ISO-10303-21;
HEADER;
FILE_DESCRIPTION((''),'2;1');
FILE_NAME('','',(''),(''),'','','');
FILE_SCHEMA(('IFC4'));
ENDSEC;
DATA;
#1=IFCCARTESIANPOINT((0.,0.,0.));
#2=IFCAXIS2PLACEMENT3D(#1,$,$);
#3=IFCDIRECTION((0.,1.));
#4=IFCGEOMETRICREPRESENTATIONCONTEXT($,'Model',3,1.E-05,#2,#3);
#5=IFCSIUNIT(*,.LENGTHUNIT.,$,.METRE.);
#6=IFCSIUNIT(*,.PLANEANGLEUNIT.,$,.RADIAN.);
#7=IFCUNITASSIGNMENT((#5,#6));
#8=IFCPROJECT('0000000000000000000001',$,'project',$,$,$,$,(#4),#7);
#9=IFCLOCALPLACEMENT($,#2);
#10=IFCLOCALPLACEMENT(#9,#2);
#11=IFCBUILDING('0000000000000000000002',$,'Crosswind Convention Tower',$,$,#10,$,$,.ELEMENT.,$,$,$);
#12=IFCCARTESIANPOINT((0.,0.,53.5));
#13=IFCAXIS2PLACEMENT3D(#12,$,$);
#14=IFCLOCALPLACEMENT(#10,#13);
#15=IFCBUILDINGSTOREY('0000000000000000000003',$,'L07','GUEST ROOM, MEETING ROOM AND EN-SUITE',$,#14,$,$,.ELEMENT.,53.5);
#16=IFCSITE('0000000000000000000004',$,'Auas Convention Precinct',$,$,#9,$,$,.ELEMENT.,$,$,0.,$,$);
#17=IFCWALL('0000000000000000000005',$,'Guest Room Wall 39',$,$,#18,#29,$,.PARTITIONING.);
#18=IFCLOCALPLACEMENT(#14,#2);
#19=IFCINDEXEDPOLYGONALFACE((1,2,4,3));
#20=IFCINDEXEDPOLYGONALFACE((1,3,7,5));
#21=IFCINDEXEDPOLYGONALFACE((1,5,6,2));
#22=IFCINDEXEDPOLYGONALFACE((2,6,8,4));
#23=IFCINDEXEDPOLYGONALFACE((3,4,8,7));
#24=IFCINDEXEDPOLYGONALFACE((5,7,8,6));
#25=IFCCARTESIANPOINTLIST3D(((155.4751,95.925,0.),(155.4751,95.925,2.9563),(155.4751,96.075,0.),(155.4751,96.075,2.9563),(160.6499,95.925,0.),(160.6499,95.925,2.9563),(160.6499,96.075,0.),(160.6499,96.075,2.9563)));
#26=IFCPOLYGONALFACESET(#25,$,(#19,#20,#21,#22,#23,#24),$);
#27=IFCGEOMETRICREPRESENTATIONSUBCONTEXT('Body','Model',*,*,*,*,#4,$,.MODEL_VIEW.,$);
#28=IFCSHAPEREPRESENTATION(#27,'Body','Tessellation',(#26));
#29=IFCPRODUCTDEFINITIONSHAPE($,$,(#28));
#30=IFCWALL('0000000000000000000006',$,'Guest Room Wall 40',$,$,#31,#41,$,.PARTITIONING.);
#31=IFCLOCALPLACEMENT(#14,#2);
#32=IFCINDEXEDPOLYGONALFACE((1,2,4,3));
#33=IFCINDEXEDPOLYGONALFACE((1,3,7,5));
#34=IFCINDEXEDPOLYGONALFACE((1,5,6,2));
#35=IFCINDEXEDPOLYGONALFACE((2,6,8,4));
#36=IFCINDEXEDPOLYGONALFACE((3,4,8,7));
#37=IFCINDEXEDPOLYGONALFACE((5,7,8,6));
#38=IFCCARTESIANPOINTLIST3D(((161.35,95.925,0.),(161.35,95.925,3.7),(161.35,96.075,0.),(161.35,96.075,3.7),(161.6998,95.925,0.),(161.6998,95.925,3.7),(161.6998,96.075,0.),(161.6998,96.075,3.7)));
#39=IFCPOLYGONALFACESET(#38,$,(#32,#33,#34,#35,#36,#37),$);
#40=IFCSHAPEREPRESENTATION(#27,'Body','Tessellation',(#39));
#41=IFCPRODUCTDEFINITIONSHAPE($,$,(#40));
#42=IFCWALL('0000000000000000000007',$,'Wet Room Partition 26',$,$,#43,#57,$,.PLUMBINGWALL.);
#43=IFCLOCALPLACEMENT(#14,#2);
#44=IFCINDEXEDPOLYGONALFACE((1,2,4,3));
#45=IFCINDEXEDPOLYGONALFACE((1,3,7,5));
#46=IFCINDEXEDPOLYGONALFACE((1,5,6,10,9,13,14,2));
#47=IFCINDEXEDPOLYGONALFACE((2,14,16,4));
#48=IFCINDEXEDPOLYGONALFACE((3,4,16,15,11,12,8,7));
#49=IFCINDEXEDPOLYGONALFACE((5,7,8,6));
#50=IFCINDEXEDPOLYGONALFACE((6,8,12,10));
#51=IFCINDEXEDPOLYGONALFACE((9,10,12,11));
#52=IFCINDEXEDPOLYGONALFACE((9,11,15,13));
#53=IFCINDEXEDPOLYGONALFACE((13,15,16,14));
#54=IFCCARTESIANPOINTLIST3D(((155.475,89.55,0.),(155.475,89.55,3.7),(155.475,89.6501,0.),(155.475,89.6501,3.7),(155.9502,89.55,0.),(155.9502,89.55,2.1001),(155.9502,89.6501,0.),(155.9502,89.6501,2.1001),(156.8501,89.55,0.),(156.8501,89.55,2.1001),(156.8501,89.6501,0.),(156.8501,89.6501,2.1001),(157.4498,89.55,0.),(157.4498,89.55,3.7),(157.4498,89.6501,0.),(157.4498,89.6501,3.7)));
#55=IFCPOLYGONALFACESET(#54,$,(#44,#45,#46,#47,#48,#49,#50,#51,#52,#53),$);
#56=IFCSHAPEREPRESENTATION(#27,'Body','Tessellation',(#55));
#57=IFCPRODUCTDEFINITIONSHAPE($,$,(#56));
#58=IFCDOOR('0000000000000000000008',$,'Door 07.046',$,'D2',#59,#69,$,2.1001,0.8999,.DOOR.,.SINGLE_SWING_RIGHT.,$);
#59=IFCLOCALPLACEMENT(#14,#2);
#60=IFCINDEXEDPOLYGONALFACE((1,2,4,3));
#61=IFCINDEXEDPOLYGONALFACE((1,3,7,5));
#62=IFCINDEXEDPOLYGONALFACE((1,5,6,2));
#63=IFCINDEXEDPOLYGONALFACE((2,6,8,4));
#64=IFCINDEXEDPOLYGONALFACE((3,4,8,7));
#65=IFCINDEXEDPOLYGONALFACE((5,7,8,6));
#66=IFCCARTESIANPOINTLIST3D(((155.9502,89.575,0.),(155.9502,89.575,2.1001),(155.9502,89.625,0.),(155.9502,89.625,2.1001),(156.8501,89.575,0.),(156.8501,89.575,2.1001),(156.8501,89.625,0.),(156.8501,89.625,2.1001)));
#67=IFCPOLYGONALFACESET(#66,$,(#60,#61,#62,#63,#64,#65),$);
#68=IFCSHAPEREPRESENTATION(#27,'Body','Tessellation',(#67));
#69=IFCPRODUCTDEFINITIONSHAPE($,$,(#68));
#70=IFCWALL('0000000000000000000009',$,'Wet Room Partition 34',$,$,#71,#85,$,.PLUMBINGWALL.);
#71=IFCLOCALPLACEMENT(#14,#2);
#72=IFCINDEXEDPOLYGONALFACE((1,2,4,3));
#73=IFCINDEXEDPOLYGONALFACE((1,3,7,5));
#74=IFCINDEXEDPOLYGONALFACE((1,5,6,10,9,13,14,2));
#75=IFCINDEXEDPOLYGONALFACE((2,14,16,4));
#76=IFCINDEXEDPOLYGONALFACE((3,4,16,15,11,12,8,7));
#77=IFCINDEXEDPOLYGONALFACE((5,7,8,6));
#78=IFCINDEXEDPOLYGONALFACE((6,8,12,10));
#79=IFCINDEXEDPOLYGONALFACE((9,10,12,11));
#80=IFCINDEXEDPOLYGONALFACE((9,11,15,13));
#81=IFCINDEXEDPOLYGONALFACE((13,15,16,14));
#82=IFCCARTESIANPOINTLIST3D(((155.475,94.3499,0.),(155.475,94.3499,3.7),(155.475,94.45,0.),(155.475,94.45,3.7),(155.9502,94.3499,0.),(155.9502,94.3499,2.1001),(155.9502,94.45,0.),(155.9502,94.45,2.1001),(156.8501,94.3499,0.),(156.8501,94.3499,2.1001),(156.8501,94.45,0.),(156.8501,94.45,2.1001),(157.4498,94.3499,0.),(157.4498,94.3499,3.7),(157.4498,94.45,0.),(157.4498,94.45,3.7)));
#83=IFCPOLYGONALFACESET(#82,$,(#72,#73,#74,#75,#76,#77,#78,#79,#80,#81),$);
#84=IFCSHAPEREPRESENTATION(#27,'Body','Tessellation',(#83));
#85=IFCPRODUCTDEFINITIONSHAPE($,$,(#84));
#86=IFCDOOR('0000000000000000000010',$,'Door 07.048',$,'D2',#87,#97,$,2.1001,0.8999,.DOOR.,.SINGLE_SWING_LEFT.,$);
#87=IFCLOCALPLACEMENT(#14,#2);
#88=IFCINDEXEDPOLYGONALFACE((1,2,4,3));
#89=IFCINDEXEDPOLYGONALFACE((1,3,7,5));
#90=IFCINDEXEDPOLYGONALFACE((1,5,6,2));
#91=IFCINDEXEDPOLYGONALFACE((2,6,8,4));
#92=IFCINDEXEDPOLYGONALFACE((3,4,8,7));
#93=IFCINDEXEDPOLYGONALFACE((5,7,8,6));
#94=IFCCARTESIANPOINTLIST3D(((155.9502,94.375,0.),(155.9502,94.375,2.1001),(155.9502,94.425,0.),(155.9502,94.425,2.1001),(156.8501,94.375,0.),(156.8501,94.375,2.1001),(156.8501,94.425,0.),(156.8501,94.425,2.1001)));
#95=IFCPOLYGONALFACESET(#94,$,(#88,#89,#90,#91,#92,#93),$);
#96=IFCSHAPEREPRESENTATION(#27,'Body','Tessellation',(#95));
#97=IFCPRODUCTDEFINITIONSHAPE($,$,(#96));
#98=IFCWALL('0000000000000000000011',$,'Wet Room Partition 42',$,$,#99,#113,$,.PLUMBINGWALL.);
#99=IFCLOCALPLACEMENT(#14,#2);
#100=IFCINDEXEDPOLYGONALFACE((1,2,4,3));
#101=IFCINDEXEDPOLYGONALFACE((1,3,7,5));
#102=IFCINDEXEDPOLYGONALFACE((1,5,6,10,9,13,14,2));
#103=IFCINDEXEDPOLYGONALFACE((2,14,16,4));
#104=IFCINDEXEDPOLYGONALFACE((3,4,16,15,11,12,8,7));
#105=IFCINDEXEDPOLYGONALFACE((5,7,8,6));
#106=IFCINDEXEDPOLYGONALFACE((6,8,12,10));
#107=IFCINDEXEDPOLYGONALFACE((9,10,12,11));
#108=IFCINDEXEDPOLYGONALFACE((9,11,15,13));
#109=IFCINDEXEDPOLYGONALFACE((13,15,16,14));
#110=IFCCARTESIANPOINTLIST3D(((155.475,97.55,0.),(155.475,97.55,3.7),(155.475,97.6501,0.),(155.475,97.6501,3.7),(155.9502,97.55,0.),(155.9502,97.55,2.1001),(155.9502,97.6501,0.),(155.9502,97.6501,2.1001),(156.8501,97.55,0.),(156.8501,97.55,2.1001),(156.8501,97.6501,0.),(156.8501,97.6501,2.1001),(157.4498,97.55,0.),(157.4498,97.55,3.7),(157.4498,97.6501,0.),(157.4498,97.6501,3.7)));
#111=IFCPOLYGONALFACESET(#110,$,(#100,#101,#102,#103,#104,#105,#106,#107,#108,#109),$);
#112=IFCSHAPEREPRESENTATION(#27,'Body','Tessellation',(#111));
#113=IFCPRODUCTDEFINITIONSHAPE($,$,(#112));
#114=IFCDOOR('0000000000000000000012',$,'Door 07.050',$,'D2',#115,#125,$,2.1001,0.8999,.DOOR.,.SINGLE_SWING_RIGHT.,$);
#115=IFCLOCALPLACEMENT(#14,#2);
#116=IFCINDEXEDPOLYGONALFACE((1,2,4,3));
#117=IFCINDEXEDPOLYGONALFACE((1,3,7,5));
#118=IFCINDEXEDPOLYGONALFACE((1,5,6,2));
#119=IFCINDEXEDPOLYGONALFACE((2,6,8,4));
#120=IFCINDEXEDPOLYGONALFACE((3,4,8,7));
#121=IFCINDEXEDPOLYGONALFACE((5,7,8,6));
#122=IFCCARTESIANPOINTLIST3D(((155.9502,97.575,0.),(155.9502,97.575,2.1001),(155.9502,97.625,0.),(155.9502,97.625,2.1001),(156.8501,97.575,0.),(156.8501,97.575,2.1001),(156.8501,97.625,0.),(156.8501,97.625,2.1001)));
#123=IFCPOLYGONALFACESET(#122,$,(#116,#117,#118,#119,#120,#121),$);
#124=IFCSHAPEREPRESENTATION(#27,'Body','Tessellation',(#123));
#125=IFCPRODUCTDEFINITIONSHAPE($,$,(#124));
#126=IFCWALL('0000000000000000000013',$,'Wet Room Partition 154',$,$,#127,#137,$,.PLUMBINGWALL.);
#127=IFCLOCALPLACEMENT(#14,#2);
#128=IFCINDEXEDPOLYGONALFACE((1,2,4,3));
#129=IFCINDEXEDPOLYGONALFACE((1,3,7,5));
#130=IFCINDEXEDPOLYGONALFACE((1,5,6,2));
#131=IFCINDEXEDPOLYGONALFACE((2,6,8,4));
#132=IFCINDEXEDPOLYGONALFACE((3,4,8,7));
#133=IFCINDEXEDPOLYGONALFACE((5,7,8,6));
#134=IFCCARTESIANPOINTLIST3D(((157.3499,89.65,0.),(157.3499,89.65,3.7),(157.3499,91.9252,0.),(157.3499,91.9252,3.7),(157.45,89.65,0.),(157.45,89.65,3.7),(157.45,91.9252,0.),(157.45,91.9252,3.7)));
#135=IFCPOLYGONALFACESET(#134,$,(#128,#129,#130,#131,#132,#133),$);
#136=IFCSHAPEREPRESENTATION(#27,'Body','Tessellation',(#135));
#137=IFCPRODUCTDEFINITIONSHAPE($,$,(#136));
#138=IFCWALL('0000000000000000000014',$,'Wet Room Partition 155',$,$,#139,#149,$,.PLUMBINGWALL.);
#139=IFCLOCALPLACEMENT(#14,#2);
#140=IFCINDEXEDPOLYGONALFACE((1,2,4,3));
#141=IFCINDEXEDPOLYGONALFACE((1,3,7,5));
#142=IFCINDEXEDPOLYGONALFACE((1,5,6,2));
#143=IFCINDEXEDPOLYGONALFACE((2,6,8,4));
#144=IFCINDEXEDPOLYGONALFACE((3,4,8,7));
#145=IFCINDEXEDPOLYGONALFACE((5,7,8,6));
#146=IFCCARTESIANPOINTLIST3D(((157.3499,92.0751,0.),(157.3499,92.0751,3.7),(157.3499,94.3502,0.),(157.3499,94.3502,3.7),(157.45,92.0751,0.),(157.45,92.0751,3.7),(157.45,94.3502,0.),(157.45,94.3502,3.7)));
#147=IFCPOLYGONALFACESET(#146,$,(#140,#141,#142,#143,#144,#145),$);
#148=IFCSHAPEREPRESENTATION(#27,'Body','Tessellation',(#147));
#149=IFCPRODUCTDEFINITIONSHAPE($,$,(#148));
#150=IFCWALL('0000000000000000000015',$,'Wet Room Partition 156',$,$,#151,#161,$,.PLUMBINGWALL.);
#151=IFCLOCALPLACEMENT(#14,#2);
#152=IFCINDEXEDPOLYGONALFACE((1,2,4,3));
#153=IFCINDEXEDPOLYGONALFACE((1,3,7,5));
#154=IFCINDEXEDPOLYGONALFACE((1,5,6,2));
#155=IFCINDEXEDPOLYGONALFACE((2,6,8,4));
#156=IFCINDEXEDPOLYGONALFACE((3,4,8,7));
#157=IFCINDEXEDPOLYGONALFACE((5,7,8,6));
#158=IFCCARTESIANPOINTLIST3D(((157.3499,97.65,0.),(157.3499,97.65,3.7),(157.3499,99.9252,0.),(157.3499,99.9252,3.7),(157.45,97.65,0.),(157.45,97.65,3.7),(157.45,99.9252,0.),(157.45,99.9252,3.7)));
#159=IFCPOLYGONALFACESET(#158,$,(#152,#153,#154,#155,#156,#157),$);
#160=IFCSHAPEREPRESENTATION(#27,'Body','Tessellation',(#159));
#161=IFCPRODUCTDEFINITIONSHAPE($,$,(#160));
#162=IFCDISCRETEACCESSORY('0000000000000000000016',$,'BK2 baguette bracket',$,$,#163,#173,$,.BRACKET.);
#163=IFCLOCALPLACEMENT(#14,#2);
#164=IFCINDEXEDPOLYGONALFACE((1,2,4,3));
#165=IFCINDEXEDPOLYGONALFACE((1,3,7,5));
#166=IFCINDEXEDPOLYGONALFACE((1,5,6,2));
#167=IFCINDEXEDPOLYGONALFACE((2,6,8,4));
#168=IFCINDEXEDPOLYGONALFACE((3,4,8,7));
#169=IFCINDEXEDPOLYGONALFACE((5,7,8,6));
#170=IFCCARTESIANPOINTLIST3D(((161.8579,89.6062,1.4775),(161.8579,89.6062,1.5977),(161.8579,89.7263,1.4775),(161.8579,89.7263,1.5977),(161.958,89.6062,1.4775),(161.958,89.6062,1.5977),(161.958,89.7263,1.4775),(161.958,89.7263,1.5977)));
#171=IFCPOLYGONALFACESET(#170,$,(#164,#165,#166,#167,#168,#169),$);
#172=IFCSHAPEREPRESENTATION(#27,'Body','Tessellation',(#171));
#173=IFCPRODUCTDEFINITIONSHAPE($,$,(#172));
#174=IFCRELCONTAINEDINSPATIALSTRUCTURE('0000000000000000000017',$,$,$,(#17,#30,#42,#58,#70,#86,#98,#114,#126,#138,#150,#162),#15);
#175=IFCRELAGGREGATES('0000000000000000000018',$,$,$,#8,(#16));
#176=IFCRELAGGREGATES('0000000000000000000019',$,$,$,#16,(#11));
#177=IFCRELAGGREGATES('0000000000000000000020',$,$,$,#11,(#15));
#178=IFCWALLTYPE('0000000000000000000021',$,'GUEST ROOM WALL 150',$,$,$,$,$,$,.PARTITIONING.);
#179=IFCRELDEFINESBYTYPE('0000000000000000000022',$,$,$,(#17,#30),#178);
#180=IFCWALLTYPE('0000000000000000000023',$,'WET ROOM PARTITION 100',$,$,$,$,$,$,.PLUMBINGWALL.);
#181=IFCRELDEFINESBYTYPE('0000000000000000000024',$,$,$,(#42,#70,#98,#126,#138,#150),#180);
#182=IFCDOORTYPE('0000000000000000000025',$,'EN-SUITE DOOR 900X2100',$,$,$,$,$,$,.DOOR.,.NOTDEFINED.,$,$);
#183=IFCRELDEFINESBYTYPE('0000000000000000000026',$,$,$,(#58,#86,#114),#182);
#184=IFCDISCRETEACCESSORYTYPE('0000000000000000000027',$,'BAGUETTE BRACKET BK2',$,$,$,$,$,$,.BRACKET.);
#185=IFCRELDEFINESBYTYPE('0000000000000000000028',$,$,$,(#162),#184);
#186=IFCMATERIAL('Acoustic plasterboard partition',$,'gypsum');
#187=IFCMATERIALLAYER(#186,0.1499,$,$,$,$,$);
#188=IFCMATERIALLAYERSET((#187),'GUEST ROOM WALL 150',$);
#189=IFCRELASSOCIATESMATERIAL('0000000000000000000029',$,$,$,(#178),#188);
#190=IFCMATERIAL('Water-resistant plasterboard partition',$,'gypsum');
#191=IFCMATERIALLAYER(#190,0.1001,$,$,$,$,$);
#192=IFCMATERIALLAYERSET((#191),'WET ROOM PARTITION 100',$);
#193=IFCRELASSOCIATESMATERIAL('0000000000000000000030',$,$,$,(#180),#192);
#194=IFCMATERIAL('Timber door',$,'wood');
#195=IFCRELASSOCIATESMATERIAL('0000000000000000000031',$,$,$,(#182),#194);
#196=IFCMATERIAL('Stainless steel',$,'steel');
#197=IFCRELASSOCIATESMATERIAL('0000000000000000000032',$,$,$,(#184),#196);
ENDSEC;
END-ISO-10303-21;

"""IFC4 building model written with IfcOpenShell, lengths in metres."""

from ifc_helpers import new_model, si_unit, direction, frame, frame_2d, origin, origin_2d, place, context, subcontext, project, spatial, rectangle, extrude, material, layer, layer_set, type_object, element, fill, save


model = new_model("IFC4")

# Units and contexts
model_context = context("Model", 3, precision=1e-05, world=origin(), true_north=direction((0.0, 1.0)))
body_context = subcontext(model_context, "Body", "Model", "MODEL_VIEW")
ifc_project = project(units=[si_unit("LENGTHUNIT", "METRE"), si_unit("PLANEANGLEUNIT", "RADIAN")], contexts=[model_context])

# Site, building, storey
site_placement = place(None, origin())
site = spatial("IfcSite", under=ifc_project, at=site_placement, Name="Auas Convention Precinct", CompositionType="ELEMENT", RefElevation=0.0)
building_placement = place(site_placement, origin())
building = spatial("IfcBuilding", under=site, at=building_placement, Name="Crosswind Convention Tower", CompositionType="ELEMENT")
storey_placement = place(building_placement, frame((0.0, 0.0, 53.5)))
storey = spatial("IfcBuildingStorey", under=building, at=storey_placement, Name="L07", Description="GUEST ROOM, MEETING ROOM AND EN-SUITE", CompositionType="ELEMENT", Elevation=53.5)

# Walls
ifc_material_1 = material(Name="Acoustic plasterboard partition", Category="gypsum")
ifc_layer_1 = layer(ifc_material_1, 0.1499)
ifc_layer_set_1 = layer_set([ifc_layer_1], Name="GUEST ROOM WALL 150")
wall_type_1 = type_object("IfcWallType", Name="GUEST ROOM WALL 150", PredefinedType="PARTITIONING", material=ifc_layer_set_1)
wall_1_placement = place(storey_placement, frame((155.4751, 96.0, 0.0), z_axis=(0.0, 0.0, 1.0), x_axis=(1.0, 0.0, 0.0)))
element("IfcWall", 1, at=wall_1_placement, inside=storey, type_object=wall_type_1, Name="Guest Room Wall 39", PredefinedType="PARTITIONING", context=body_context, shape_type="SweptSolid", body=[
    extrude(rectangle(XDim=5.1748, YDim=0.1499, at=frame_2d((2.5874, 0.0))), origin(), (0.0, 0.0, 1.0), 2.9563),
])
wall_2_placement = place(storey_placement, frame((161.3501, 96.0, 0.0), z_axis=(0.0, 0.0, 1.0), x_axis=(1.0, 0.0, 0.0)))
element("IfcWall", 2, at=wall_2_placement, inside=storey, type_object=wall_type_1, Name="Guest Room Wall 40", PredefinedType="PARTITIONING", context=body_context, shape_type="SweptSolid", body=[
    extrude(rectangle(XDim=0.3499, YDim=0.1499, at=frame_2d((0.1748, 0.0))), origin(), (0.0, 0.0, 1.0), 3.7),
])

# Walls, openings, doors
ifc_material_2 = material(Name="Water-resistant plasterboard partition", Category="gypsum")
ifc_layer_2 = layer(ifc_material_2, 0.1001)
ifc_layer_set_2 = layer_set([ifc_layer_2], Name="WET ROOM PARTITION 100")
wall_type_2 = type_object("IfcWallType", Name="WET ROOM PARTITION 100", PredefinedType="PLUMBINGWALL", material=ifc_layer_set_2)
wall_3_placement = place(storey_placement, frame((155.4751, 89.6001, 0.0), z_axis=(0.0, 0.0, 1.0), x_axis=(1.0, 0.0, 0.0)))
wall_3 = element("IfcWall", 3, at=wall_3_placement, inside=storey, type_object=wall_type_2, Name="Wet Room Partition 26", PredefinedType="PLUMBINGWALL", context=body_context, shape_type="SweptSolid", body=[
    extrude(rectangle(XDim=1.9749, YDim=0.1001, at=frame_2d((0.9873, 0.0))), origin(), (0.0, 0.0, 1.0), 3.7),
])
opening_1_placement = place(wall_3_placement, frame((0.4751, 0.0, 0.0)))
opening_1 = element("IfcOpeningElement", 4, at=opening_1_placement, cuts=wall_3, PredefinedType="OPENING", context=body_context, shape_type="SweptSolid", body=[
    extrude(rectangle(XDim=0.8999, YDim=2.1001, at=frame_2d((0.45, 1.05))), frame((0.0, 0.0601, 0.0), z_axis=(0.0, -1.0, 0.0), x_axis=(1.0, 0.0, 0.0)), (0.0, 0.0, 1.0), 0.1201),
])
ifc_material_3 = material(Name="Timber door", Category="wood")
door_type = type_object("IfcDoorType", Name="EN-SUITE DOOR 900X2100", OperationType="NOTDEFINED", PredefinedType="DOOR", material=ifc_material_3)
door_1_placement = place(opening_1_placement, origin())
door_1 = element("IfcDoor", 5, at=door_1_placement, inside=storey, type_object=door_type, Name="Door 07.046", ObjectType="D2", OperationType="SINGLE_SWING_RIGHT", OverallHeight=2.1001, OverallWidth=0.8999, PredefinedType="DOOR", context=body_context, shape_type="SweptSolid", body=[
    extrude(rectangle(XDim=0.8999, YDim=2.1001, at=frame_2d((0.45, 1.05))), frame((0.0, 0.0249, 0.0), z_axis=(0.0, -1.0, 0.0), x_axis=(1.0, 0.0, 0.0)), (0.0, 0.0, 1.0), 0.05),
])
fill(opening_1, door_1)
wall_4_placement = place(storey_placement, frame((155.4751, 94.3999, 0.0), z_axis=(0.0, 0.0, 1.0), x_axis=(1.0, 0.0, 0.0)))
wall_4 = element("IfcWall", 6, at=wall_4_placement, inside=storey, type_object=wall_type_2, Name="Wet Room Partition 34", PredefinedType="PLUMBINGWALL", context=body_context, shape_type="SweptSolid", body=[
    extrude(rectangle(XDim=1.9749, YDim=0.1001, at=frame_2d((0.9873, 0.0))), origin(), (0.0, 0.0, 1.0), 3.7),
])
opening_2_placement = place(wall_4_placement, frame((0.4751, 0.0, 0.0)))
opening_2 = element("IfcOpeningElement", 7, at=opening_2_placement, cuts=wall_4, PredefinedType="OPENING", context=body_context, shape_type="SweptSolid", body=[
    extrude(rectangle(XDim=0.8999, YDim=2.1001, at=frame_2d((0.45, 1.05))), frame((0.0, 0.0601, 0.0), z_axis=(0.0, -1.0, 0.0), x_axis=(1.0, 0.0, 0.0)), (0.0, 0.0, 1.0), 0.1201),
])
door_2_placement = place(opening_2_placement, frame((0.8999, 0.0, 0.0), z_axis=(0.0, 0.0, 1.0), x_axis=(-1.0, 0.0, 0.0)))
door_2 = element("IfcDoor", 8, at=door_2_placement, inside=storey, type_object=door_type, Name="Door 07.048", ObjectType="D2", OperationType="SINGLE_SWING_LEFT", OverallHeight=2.1001, OverallWidth=0.8999, PredefinedType="DOOR", context=body_context, shape_type="SweptSolid", body=[
    extrude(rectangle(XDim=0.8999, YDim=2.1001, at=frame_2d((0.45, 1.05))), frame((0.0, 0.0249, 0.0), z_axis=(0.0, -1.0, 0.0), x_axis=(1.0, 0.0, 0.0)), (0.0, 0.0, 1.0), 0.05),
])
fill(opening_2, door_2)
wall_5_placement = place(storey_placement, frame((155.4751, 97.6001, 0.0), z_axis=(0.0, 0.0, 1.0), x_axis=(1.0, 0.0, 0.0)))
wall_5 = element("IfcWall", 9, at=wall_5_placement, inside=storey, type_object=wall_type_2, Name="Wet Room Partition 42", PredefinedType="PLUMBINGWALL", context=body_context, shape_type="SweptSolid", body=[
    extrude(rectangle(XDim=1.9749, YDim=0.1001, at=frame_2d((0.9873, 0.0))), origin(), (0.0, 0.0, 1.0), 3.7),
])
opening_3_placement = place(wall_5_placement, frame((0.4751, 0.0, 0.0)))
opening_3 = element("IfcOpeningElement", 10, at=opening_3_placement, cuts=wall_5, PredefinedType="OPENING", context=body_context, shape_type="SweptSolid", body=[
    extrude(rectangle(XDim=0.8999, YDim=2.1001, at=frame_2d((0.45, 1.05))), frame((0.0, 0.0601, 0.0), z_axis=(0.0, -1.0, 0.0), x_axis=(1.0, 0.0, 0.0)), (0.0, 0.0, 1.0), 0.1201),
])
door_3_placement = place(opening_3_placement, origin())
door_3 = element("IfcDoor", 11, at=door_3_placement, inside=storey, type_object=door_type, Name="Door 07.050", ObjectType="D2", OperationType="SINGLE_SWING_RIGHT", OverallHeight=2.1001, OverallWidth=0.8999, PredefinedType="DOOR", context=body_context, shape_type="SweptSolid", body=[
    extrude(rectangle(XDim=0.8999, YDim=2.1001, at=frame_2d((0.45, 1.05))), frame((0.0, 0.0249, 0.0), z_axis=(0.0, -1.0, 0.0), x_axis=(1.0, 0.0, 0.0)), (0.0, 0.0, 1.0), 0.05),
])
fill(opening_3, door_3)

# Walls
for number, where, z_axis, x_axis, name in (
    (12, (157.3999, 89.6499, 0.0), (0.0, 0.0, 1.0), (0.0, 1.0, 0.0), "Wet Room Partition 154"),
    (13, (157.3999, 92.075, 0.0), (0.0, 0.0, 1.0), (0.0, 1.0, 0.0), "Wet Room Partition 155"),
    (14, (157.3999, 97.6499, 0.0), (0.0, 0.0, 1.0), (0.0, 1.0, 0.0), "Wet Room Partition 156"),
):
    element("IfcWall", number, at=place(storey_placement, frame(where, z_axis=z_axis, x_axis=x_axis)), inside=storey, type_object=wall_type_2, Name=name, PredefinedType="PLUMBINGWALL", context=body_context, shape_type="SweptSolid", body=[
        extrude(rectangle(XDim=2.2751, YDim=0.1001, at=frame_2d((1.1377, 0.0))), origin(), (0.0, 0.0, 1.0), 3.7),
    ])

# Discrete accessory
ifc_material_4 = material(Name="Stainless steel", Category="steel")
discrete_accessory_type = type_object("IfcDiscreteAccessoryType", Name="BAGUETTE BRACKET BK2", PredefinedType="BRACKET", material=ifc_material_4)
discrete_accessory_placement = place(storey_placement, frame((161.908, 89.6663, 1.4775), z_axis=(0.0, 0.0, 1.0), x_axis=(0.0, 1.0, 0.0)))
element("IfcDiscreteAccessory", 15, at=discrete_accessory_placement, inside=storey, type_object=discrete_accessory_type, Name="BK2 baguette bracket", PredefinedType="BRACKET", context=body_context, shape_type="SweptSolid", body=[
    extrude(rectangle(XDim=0.1201, YDim=0.1001, at=origin_2d()), origin(), (0.0, 0.0, 1.0), 0.1201),
])

save(model, "model.ifc")
